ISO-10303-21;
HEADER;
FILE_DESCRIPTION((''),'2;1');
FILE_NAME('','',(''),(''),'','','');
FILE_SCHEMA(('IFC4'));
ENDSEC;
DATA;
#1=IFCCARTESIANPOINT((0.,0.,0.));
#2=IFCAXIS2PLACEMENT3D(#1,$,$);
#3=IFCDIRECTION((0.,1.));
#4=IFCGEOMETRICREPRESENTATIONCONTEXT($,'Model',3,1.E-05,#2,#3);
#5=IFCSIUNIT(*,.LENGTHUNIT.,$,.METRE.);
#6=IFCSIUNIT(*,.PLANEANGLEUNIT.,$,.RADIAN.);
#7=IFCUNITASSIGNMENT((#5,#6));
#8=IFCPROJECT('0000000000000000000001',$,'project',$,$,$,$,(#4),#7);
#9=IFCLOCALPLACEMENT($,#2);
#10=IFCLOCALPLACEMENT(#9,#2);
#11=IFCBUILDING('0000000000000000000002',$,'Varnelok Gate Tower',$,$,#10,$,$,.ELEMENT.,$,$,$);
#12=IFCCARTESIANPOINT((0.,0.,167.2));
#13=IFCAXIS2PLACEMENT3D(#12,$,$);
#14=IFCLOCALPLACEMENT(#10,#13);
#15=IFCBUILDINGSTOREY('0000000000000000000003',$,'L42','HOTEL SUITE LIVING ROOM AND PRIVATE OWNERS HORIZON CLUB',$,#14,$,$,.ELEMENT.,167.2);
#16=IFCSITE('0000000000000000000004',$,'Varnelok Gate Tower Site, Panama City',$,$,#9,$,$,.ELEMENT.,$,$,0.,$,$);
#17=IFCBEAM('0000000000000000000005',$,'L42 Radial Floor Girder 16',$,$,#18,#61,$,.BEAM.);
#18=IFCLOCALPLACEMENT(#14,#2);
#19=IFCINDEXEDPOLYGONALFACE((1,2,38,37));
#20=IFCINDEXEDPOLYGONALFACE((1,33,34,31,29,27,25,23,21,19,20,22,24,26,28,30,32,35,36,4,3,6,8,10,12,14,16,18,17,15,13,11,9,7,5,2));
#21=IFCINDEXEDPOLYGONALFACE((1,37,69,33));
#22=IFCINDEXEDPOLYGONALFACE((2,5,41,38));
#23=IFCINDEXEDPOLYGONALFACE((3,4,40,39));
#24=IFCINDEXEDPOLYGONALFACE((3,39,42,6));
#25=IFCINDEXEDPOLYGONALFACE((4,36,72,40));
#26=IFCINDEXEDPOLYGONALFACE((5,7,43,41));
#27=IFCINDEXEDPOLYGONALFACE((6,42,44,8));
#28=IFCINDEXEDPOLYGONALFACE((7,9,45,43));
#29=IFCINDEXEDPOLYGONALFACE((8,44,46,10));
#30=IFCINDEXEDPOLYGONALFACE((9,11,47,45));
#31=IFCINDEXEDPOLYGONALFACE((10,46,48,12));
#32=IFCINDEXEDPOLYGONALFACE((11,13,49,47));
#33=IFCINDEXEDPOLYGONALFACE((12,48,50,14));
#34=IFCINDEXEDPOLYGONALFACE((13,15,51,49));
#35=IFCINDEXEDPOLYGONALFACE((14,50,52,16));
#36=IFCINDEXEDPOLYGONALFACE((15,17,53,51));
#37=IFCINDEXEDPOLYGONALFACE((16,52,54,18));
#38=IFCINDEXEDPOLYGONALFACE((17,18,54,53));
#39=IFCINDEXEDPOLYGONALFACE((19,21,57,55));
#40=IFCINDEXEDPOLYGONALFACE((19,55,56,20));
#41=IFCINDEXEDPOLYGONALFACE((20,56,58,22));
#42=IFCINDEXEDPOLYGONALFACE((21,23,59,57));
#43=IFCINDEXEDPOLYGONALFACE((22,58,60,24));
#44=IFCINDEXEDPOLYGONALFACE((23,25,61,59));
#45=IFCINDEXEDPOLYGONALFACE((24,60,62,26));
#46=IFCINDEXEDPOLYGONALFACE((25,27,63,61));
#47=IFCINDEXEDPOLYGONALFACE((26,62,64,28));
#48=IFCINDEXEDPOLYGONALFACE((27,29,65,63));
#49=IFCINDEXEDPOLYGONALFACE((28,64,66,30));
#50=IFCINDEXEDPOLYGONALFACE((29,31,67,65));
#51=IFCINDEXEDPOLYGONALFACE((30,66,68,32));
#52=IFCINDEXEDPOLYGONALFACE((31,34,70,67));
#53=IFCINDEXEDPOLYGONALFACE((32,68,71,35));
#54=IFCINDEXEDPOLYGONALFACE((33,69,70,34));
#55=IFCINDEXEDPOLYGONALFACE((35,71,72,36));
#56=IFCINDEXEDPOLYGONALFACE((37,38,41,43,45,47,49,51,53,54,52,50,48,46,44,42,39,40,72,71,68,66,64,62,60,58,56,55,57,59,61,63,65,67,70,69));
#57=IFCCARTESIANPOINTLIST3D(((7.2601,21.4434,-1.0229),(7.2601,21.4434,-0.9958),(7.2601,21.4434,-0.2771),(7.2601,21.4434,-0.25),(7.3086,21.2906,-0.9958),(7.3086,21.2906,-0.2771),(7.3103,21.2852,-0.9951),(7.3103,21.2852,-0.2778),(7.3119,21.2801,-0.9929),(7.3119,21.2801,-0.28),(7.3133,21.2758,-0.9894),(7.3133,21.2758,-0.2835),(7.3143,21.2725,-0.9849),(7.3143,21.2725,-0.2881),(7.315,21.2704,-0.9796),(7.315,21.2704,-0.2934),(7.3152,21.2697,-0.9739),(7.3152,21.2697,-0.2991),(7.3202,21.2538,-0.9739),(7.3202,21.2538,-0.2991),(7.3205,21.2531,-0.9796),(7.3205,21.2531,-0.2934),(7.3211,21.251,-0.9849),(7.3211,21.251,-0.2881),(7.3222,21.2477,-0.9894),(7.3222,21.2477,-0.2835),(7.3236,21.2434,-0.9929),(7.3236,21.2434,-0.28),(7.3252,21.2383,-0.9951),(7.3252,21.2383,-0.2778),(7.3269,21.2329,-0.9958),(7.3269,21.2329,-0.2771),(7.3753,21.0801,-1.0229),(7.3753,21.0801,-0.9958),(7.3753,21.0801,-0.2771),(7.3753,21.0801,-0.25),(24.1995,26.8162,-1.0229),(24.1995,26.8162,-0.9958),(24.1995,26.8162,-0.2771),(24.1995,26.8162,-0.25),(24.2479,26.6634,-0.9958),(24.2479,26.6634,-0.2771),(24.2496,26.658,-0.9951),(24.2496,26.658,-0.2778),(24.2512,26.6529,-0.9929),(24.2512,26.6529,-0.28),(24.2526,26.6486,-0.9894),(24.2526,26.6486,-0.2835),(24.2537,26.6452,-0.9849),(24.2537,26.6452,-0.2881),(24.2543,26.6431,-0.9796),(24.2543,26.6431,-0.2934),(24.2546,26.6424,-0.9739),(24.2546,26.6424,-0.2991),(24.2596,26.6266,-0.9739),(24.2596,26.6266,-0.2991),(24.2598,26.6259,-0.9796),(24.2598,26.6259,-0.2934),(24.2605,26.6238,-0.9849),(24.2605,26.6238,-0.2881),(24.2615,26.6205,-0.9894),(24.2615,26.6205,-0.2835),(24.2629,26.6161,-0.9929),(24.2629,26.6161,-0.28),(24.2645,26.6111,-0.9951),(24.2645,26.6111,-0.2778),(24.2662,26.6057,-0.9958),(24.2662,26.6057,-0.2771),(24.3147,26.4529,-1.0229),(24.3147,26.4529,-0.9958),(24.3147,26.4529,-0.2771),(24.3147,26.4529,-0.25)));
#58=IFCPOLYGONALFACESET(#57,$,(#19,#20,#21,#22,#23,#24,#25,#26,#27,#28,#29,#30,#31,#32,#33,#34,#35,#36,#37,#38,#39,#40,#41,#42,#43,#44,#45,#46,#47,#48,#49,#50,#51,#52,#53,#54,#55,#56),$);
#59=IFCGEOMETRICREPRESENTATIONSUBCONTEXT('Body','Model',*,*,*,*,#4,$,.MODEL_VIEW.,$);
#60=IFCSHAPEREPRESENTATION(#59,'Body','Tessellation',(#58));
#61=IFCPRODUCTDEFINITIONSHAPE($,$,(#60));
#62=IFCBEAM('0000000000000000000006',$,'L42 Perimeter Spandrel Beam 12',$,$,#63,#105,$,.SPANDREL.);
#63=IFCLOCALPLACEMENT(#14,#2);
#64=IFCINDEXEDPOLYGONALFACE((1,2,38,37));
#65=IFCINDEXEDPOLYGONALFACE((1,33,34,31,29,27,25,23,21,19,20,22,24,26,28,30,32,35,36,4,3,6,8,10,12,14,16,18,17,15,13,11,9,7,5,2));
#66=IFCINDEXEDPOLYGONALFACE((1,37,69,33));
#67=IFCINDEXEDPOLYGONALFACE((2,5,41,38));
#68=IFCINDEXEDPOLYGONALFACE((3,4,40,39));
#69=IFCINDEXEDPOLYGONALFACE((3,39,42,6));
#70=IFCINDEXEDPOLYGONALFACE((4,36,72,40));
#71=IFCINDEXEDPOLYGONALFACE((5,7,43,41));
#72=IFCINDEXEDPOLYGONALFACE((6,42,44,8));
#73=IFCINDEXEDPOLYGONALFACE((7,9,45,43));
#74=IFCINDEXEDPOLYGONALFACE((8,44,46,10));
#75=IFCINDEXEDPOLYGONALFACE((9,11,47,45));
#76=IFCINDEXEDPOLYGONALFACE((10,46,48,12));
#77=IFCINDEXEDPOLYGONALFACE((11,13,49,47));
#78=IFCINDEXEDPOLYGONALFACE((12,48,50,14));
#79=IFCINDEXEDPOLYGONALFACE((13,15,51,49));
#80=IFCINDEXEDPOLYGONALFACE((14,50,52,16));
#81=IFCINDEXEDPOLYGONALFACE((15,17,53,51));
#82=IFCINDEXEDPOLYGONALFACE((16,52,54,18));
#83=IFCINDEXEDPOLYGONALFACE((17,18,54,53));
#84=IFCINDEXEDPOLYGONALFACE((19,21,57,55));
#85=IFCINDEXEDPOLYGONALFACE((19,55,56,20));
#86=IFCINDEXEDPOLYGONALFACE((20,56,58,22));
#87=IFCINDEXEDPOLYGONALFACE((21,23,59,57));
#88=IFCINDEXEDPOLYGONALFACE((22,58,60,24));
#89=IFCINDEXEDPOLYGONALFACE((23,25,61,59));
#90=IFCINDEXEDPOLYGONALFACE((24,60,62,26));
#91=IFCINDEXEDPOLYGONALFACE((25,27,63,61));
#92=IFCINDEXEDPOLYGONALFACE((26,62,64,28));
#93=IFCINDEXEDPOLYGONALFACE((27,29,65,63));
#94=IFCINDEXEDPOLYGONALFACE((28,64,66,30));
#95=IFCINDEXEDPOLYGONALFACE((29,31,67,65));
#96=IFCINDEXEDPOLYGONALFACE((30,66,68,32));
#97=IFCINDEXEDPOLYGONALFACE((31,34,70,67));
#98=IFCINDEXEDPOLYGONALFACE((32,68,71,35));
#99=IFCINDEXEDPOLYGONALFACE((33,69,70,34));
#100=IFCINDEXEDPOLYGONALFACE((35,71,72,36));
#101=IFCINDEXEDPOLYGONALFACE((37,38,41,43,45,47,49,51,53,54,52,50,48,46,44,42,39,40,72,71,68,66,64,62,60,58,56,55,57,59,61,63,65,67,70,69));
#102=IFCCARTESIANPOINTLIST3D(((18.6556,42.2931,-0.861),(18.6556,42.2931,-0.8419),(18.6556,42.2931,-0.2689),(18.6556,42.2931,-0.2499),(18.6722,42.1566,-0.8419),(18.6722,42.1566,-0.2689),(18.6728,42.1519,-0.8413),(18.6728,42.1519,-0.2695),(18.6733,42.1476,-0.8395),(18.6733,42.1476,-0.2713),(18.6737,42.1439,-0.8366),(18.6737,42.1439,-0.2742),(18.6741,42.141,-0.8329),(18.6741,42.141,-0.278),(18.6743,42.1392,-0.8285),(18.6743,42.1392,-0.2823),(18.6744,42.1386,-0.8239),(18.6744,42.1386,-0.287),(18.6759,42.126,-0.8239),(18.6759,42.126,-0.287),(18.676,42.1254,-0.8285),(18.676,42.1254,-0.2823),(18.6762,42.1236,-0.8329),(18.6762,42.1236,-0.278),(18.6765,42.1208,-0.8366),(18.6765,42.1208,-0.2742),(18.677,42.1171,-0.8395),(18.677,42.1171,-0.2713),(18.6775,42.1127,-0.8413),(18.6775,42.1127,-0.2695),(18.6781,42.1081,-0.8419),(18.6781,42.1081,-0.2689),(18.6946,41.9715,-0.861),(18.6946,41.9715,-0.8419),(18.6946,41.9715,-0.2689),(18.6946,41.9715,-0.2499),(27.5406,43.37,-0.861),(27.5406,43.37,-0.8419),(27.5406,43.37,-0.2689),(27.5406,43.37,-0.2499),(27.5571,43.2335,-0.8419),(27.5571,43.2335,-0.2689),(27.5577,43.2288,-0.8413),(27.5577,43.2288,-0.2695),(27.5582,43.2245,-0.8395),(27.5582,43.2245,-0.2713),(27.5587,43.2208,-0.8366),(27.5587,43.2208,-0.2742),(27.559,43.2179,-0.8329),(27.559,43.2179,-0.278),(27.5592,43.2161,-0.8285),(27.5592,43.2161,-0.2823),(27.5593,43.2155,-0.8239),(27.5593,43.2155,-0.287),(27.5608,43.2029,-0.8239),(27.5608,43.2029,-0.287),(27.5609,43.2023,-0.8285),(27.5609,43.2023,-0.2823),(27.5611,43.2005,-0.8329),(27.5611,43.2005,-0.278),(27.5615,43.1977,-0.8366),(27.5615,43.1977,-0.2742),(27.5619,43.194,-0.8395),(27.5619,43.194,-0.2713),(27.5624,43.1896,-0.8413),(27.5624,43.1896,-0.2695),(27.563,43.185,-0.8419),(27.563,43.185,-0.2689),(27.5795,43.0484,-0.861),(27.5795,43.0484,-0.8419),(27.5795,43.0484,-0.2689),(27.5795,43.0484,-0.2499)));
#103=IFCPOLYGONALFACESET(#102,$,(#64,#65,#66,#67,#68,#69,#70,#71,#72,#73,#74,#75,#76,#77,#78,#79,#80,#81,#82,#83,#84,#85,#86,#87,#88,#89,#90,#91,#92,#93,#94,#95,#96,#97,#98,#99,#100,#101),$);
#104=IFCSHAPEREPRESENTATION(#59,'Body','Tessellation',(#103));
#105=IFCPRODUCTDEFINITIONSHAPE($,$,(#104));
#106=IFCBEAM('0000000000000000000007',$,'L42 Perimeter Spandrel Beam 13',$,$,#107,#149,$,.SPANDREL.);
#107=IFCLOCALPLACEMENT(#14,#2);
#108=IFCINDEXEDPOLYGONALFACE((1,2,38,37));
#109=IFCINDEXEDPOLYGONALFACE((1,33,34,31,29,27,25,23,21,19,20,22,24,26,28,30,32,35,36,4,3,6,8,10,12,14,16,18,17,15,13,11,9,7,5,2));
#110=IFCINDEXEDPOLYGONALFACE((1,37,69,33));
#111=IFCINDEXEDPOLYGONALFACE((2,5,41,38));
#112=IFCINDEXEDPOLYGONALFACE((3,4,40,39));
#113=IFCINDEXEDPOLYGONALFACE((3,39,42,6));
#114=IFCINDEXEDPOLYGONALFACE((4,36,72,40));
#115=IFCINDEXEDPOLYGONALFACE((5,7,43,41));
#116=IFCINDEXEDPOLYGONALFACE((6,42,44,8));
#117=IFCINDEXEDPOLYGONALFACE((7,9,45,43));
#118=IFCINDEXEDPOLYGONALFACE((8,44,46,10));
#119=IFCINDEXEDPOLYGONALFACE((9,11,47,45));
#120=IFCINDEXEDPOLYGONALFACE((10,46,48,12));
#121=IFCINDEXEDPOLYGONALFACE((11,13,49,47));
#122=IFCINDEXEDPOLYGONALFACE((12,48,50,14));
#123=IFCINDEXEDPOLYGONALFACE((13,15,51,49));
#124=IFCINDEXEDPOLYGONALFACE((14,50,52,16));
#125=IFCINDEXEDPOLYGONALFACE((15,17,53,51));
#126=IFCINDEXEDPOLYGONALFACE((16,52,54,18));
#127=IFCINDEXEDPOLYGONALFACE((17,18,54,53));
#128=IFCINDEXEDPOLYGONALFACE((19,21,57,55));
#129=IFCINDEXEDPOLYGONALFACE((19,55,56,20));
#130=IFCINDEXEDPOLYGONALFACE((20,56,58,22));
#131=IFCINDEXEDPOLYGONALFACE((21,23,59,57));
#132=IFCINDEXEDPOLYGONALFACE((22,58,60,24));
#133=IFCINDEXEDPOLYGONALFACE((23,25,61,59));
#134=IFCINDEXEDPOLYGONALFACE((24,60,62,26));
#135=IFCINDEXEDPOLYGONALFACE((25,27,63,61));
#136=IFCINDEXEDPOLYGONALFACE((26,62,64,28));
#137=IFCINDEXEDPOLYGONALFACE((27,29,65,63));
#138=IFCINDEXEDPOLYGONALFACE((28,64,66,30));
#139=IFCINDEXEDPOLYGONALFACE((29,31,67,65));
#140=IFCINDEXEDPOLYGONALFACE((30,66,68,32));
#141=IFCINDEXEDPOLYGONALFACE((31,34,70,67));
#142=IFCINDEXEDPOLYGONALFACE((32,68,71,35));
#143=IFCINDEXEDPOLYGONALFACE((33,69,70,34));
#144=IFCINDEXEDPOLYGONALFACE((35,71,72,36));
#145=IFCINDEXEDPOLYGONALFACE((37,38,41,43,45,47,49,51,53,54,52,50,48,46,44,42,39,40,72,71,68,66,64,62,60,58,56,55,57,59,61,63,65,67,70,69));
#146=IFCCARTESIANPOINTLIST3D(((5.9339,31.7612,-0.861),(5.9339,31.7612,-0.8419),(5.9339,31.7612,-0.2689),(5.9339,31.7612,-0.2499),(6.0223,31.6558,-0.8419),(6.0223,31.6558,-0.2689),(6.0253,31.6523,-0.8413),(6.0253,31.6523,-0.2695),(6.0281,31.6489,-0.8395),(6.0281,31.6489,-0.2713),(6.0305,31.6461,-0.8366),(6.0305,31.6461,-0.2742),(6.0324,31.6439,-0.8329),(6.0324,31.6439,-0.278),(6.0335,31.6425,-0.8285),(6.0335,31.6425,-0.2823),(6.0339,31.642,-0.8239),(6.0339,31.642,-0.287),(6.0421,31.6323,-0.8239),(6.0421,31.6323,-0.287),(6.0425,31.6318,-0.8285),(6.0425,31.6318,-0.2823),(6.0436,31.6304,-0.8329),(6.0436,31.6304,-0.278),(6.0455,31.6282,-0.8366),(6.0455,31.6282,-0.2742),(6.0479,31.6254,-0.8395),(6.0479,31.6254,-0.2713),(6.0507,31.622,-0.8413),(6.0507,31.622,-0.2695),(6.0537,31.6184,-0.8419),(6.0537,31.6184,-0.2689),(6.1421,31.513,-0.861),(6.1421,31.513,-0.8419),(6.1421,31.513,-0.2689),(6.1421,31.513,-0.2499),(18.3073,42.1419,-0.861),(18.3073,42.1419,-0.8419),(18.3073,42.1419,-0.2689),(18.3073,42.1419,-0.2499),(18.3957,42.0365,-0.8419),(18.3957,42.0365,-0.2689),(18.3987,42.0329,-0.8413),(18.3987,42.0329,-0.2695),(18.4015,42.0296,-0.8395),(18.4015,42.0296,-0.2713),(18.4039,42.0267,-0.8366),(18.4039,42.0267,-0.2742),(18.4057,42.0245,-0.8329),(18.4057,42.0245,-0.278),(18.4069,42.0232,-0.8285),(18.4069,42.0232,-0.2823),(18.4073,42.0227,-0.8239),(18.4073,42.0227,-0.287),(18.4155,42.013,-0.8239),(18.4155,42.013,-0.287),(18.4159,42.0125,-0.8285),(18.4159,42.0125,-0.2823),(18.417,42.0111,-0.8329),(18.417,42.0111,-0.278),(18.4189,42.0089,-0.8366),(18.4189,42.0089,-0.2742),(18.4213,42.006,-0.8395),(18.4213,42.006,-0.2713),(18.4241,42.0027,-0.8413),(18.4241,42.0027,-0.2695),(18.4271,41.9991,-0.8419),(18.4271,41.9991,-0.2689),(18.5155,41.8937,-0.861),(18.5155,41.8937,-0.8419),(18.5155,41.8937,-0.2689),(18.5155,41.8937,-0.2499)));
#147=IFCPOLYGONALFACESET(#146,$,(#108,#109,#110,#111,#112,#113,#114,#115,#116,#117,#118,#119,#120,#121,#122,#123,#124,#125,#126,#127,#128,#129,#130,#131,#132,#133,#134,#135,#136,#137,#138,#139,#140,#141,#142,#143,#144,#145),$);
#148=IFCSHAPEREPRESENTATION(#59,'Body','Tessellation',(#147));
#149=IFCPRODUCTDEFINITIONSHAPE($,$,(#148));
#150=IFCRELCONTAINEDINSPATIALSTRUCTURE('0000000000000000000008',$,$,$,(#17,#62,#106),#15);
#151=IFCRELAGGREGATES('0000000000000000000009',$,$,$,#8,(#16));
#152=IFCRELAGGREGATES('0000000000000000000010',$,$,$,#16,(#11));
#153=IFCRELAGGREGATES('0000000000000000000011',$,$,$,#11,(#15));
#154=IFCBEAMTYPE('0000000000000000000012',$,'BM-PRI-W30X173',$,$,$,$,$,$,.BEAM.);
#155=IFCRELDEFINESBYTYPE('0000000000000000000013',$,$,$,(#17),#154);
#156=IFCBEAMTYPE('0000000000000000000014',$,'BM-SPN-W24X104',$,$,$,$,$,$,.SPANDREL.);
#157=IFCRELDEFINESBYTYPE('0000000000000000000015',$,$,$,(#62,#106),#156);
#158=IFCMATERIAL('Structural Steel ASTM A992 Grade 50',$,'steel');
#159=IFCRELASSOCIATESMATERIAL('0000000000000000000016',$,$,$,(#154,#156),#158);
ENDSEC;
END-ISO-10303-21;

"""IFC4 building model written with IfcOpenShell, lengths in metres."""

from ifc_helpers import new_model, si_unit, direction, frame, origin, origin_2d, place, context, subcontext, project, spatial, i_section, extrude, material, material_profile, profile_set, type_object, element, save


model = new_model("IFC4")

# Units and contexts
model_context = context("Model", 3, precision=1e-05, world=origin(), true_north=direction((0.0, 1.0)))
body_context = subcontext(model_context, "Body", "Model", "MODEL_VIEW")
ifc_project = project(units=[si_unit("LENGTHUNIT", "METRE"), si_unit("PLANEANGLEUNIT", "RADIAN")], contexts=[model_context])

# Site, building, storey
site_placement = place(None, origin())
site = spatial("IfcSite", under=ifc_project, at=site_placement, Name="Varnelok Gate Tower Site, Panama City", CompositionType="ELEMENT", RefElevation=0.0)
building_placement = place(site_placement, origin())
building = spatial("IfcBuilding", under=site, at=building_placement, Name="Varnelok Gate Tower", CompositionType="ELEMENT")
storey_placement = place(building_placement, frame((0.0, 0.0, 167.2)))
storey = spatial("IfcBuildingStorey", under=building, at=storey_placement, Name="L42", Description="HOTEL SUITE LIVING ROOM AND PRIVATE OWNERS HORIZON CLUB", CompositionType="ELEMENT", Elevation=167.2)

# Shared definitions
ifc_material_1 = material(Name="Structural Steel ASTM A992 Grade 50", Category="steel")

# Beams
ifc_material_profile_1 = material_profile(ifc_material_1, i_section(OverallWidth=0.3811, OverallDepth=0.7729, WebThickness=0.0166, FlangeThickness=0.0271, FilletRadius=0.022, at=origin_2d()), Name="W30X173")
ifc_profile_set_1 = profile_set([ifc_material_profile_1], Name="Structural Steel ASTM A992 Grade 50")
beam_type_1 = type_object("IfcBeamType", Name="BM-PRI-W30X173", PredefinedType="BEAM", material=ifc_profile_set_1)
beam_1_placement = place(storey_placement, frame((24.2571, 26.6345, -0.6365), z_axis=(-0.953202, -0.302334, 0.0), x_axis=(0.302334, -0.953202, 0.0)))
element("IfcBeam", 1, at=beam_1_placement, inside=storey, type_object=beam_type_1, Name="L42 Radial Floor Girder 16", PredefinedType="BEAM", context=body_context, shape_type="SweptSolid", body=[
    extrude(i_section(OverallWidth=0.3811, OverallDepth=0.7729, WebThickness=0.0166, FlangeThickness=0.0271, FilletRadius=0.022, at=origin_2d()), origin(), (0.0, 0.0, 1.0), 17.771),
])
ifc_material_profile_2 = material_profile(ifc_material_1, i_section(OverallWidth=0.324, OverallDepth=0.6111, WebThickness=0.0127, FlangeThickness=0.019, FilletRadius=0.0181, at=origin_2d()), Name="W24X104")
ifc_profile_set_2 = profile_set([ifc_material_profile_2], Name="Structural Steel ASTM A992 Grade 50")
beam_type_2 = type_object("IfcBeamType", Name="BM-SPN-W24X104", PredefinedType="SPANDREL", material=ifc_profile_set_2)
beam_2_placement = place(storey_placement, frame((27.5601, 43.2092, -0.5554), z_axis=(-0.992735, -0.120324, 0.0), x_axis=(0.120324, -0.992735, 0.0)))
element("IfcBeam", 2, at=beam_2_placement, inside=storey, type_object=beam_type_2, Name="L42 Perimeter Spandrel Beam 12", PredefinedType="SPANDREL", context=body_context, shape_type="SweptSolid", body=[
    extrude(i_section(OverallWidth=0.324, OverallDepth=0.6111, WebThickness=0.0127, FlangeThickness=0.019, FilletRadius=0.0181, at=origin_2d()), origin(), (0.0, 0.0, 1.0), 8.95),
])
beam_3_placement = place(storey_placement, frame((18.4114, 42.0178, -0.5554), z_axis=(-0.7661, -0.642722, 0.0), x_axis=(0.642722, -0.7661, 0.0)))
element("IfcBeam", 3, at=beam_3_placement, inside=storey, type_object=beam_type_2, Name="L42 Perimeter Spandrel Beam 13", PredefinedType="SPANDREL", context=body_context, shape_type="SweptSolid", body=[
    extrude(i_section(OverallWidth=0.324, OverallDepth=0.6111, WebThickness=0.0127, FlangeThickness=0.019, FilletRadius=0.0181, at=origin_2d()), origin(), (0.0, 0.0, 1.0), 16.1511),
])

save(model, "model.ifc")
